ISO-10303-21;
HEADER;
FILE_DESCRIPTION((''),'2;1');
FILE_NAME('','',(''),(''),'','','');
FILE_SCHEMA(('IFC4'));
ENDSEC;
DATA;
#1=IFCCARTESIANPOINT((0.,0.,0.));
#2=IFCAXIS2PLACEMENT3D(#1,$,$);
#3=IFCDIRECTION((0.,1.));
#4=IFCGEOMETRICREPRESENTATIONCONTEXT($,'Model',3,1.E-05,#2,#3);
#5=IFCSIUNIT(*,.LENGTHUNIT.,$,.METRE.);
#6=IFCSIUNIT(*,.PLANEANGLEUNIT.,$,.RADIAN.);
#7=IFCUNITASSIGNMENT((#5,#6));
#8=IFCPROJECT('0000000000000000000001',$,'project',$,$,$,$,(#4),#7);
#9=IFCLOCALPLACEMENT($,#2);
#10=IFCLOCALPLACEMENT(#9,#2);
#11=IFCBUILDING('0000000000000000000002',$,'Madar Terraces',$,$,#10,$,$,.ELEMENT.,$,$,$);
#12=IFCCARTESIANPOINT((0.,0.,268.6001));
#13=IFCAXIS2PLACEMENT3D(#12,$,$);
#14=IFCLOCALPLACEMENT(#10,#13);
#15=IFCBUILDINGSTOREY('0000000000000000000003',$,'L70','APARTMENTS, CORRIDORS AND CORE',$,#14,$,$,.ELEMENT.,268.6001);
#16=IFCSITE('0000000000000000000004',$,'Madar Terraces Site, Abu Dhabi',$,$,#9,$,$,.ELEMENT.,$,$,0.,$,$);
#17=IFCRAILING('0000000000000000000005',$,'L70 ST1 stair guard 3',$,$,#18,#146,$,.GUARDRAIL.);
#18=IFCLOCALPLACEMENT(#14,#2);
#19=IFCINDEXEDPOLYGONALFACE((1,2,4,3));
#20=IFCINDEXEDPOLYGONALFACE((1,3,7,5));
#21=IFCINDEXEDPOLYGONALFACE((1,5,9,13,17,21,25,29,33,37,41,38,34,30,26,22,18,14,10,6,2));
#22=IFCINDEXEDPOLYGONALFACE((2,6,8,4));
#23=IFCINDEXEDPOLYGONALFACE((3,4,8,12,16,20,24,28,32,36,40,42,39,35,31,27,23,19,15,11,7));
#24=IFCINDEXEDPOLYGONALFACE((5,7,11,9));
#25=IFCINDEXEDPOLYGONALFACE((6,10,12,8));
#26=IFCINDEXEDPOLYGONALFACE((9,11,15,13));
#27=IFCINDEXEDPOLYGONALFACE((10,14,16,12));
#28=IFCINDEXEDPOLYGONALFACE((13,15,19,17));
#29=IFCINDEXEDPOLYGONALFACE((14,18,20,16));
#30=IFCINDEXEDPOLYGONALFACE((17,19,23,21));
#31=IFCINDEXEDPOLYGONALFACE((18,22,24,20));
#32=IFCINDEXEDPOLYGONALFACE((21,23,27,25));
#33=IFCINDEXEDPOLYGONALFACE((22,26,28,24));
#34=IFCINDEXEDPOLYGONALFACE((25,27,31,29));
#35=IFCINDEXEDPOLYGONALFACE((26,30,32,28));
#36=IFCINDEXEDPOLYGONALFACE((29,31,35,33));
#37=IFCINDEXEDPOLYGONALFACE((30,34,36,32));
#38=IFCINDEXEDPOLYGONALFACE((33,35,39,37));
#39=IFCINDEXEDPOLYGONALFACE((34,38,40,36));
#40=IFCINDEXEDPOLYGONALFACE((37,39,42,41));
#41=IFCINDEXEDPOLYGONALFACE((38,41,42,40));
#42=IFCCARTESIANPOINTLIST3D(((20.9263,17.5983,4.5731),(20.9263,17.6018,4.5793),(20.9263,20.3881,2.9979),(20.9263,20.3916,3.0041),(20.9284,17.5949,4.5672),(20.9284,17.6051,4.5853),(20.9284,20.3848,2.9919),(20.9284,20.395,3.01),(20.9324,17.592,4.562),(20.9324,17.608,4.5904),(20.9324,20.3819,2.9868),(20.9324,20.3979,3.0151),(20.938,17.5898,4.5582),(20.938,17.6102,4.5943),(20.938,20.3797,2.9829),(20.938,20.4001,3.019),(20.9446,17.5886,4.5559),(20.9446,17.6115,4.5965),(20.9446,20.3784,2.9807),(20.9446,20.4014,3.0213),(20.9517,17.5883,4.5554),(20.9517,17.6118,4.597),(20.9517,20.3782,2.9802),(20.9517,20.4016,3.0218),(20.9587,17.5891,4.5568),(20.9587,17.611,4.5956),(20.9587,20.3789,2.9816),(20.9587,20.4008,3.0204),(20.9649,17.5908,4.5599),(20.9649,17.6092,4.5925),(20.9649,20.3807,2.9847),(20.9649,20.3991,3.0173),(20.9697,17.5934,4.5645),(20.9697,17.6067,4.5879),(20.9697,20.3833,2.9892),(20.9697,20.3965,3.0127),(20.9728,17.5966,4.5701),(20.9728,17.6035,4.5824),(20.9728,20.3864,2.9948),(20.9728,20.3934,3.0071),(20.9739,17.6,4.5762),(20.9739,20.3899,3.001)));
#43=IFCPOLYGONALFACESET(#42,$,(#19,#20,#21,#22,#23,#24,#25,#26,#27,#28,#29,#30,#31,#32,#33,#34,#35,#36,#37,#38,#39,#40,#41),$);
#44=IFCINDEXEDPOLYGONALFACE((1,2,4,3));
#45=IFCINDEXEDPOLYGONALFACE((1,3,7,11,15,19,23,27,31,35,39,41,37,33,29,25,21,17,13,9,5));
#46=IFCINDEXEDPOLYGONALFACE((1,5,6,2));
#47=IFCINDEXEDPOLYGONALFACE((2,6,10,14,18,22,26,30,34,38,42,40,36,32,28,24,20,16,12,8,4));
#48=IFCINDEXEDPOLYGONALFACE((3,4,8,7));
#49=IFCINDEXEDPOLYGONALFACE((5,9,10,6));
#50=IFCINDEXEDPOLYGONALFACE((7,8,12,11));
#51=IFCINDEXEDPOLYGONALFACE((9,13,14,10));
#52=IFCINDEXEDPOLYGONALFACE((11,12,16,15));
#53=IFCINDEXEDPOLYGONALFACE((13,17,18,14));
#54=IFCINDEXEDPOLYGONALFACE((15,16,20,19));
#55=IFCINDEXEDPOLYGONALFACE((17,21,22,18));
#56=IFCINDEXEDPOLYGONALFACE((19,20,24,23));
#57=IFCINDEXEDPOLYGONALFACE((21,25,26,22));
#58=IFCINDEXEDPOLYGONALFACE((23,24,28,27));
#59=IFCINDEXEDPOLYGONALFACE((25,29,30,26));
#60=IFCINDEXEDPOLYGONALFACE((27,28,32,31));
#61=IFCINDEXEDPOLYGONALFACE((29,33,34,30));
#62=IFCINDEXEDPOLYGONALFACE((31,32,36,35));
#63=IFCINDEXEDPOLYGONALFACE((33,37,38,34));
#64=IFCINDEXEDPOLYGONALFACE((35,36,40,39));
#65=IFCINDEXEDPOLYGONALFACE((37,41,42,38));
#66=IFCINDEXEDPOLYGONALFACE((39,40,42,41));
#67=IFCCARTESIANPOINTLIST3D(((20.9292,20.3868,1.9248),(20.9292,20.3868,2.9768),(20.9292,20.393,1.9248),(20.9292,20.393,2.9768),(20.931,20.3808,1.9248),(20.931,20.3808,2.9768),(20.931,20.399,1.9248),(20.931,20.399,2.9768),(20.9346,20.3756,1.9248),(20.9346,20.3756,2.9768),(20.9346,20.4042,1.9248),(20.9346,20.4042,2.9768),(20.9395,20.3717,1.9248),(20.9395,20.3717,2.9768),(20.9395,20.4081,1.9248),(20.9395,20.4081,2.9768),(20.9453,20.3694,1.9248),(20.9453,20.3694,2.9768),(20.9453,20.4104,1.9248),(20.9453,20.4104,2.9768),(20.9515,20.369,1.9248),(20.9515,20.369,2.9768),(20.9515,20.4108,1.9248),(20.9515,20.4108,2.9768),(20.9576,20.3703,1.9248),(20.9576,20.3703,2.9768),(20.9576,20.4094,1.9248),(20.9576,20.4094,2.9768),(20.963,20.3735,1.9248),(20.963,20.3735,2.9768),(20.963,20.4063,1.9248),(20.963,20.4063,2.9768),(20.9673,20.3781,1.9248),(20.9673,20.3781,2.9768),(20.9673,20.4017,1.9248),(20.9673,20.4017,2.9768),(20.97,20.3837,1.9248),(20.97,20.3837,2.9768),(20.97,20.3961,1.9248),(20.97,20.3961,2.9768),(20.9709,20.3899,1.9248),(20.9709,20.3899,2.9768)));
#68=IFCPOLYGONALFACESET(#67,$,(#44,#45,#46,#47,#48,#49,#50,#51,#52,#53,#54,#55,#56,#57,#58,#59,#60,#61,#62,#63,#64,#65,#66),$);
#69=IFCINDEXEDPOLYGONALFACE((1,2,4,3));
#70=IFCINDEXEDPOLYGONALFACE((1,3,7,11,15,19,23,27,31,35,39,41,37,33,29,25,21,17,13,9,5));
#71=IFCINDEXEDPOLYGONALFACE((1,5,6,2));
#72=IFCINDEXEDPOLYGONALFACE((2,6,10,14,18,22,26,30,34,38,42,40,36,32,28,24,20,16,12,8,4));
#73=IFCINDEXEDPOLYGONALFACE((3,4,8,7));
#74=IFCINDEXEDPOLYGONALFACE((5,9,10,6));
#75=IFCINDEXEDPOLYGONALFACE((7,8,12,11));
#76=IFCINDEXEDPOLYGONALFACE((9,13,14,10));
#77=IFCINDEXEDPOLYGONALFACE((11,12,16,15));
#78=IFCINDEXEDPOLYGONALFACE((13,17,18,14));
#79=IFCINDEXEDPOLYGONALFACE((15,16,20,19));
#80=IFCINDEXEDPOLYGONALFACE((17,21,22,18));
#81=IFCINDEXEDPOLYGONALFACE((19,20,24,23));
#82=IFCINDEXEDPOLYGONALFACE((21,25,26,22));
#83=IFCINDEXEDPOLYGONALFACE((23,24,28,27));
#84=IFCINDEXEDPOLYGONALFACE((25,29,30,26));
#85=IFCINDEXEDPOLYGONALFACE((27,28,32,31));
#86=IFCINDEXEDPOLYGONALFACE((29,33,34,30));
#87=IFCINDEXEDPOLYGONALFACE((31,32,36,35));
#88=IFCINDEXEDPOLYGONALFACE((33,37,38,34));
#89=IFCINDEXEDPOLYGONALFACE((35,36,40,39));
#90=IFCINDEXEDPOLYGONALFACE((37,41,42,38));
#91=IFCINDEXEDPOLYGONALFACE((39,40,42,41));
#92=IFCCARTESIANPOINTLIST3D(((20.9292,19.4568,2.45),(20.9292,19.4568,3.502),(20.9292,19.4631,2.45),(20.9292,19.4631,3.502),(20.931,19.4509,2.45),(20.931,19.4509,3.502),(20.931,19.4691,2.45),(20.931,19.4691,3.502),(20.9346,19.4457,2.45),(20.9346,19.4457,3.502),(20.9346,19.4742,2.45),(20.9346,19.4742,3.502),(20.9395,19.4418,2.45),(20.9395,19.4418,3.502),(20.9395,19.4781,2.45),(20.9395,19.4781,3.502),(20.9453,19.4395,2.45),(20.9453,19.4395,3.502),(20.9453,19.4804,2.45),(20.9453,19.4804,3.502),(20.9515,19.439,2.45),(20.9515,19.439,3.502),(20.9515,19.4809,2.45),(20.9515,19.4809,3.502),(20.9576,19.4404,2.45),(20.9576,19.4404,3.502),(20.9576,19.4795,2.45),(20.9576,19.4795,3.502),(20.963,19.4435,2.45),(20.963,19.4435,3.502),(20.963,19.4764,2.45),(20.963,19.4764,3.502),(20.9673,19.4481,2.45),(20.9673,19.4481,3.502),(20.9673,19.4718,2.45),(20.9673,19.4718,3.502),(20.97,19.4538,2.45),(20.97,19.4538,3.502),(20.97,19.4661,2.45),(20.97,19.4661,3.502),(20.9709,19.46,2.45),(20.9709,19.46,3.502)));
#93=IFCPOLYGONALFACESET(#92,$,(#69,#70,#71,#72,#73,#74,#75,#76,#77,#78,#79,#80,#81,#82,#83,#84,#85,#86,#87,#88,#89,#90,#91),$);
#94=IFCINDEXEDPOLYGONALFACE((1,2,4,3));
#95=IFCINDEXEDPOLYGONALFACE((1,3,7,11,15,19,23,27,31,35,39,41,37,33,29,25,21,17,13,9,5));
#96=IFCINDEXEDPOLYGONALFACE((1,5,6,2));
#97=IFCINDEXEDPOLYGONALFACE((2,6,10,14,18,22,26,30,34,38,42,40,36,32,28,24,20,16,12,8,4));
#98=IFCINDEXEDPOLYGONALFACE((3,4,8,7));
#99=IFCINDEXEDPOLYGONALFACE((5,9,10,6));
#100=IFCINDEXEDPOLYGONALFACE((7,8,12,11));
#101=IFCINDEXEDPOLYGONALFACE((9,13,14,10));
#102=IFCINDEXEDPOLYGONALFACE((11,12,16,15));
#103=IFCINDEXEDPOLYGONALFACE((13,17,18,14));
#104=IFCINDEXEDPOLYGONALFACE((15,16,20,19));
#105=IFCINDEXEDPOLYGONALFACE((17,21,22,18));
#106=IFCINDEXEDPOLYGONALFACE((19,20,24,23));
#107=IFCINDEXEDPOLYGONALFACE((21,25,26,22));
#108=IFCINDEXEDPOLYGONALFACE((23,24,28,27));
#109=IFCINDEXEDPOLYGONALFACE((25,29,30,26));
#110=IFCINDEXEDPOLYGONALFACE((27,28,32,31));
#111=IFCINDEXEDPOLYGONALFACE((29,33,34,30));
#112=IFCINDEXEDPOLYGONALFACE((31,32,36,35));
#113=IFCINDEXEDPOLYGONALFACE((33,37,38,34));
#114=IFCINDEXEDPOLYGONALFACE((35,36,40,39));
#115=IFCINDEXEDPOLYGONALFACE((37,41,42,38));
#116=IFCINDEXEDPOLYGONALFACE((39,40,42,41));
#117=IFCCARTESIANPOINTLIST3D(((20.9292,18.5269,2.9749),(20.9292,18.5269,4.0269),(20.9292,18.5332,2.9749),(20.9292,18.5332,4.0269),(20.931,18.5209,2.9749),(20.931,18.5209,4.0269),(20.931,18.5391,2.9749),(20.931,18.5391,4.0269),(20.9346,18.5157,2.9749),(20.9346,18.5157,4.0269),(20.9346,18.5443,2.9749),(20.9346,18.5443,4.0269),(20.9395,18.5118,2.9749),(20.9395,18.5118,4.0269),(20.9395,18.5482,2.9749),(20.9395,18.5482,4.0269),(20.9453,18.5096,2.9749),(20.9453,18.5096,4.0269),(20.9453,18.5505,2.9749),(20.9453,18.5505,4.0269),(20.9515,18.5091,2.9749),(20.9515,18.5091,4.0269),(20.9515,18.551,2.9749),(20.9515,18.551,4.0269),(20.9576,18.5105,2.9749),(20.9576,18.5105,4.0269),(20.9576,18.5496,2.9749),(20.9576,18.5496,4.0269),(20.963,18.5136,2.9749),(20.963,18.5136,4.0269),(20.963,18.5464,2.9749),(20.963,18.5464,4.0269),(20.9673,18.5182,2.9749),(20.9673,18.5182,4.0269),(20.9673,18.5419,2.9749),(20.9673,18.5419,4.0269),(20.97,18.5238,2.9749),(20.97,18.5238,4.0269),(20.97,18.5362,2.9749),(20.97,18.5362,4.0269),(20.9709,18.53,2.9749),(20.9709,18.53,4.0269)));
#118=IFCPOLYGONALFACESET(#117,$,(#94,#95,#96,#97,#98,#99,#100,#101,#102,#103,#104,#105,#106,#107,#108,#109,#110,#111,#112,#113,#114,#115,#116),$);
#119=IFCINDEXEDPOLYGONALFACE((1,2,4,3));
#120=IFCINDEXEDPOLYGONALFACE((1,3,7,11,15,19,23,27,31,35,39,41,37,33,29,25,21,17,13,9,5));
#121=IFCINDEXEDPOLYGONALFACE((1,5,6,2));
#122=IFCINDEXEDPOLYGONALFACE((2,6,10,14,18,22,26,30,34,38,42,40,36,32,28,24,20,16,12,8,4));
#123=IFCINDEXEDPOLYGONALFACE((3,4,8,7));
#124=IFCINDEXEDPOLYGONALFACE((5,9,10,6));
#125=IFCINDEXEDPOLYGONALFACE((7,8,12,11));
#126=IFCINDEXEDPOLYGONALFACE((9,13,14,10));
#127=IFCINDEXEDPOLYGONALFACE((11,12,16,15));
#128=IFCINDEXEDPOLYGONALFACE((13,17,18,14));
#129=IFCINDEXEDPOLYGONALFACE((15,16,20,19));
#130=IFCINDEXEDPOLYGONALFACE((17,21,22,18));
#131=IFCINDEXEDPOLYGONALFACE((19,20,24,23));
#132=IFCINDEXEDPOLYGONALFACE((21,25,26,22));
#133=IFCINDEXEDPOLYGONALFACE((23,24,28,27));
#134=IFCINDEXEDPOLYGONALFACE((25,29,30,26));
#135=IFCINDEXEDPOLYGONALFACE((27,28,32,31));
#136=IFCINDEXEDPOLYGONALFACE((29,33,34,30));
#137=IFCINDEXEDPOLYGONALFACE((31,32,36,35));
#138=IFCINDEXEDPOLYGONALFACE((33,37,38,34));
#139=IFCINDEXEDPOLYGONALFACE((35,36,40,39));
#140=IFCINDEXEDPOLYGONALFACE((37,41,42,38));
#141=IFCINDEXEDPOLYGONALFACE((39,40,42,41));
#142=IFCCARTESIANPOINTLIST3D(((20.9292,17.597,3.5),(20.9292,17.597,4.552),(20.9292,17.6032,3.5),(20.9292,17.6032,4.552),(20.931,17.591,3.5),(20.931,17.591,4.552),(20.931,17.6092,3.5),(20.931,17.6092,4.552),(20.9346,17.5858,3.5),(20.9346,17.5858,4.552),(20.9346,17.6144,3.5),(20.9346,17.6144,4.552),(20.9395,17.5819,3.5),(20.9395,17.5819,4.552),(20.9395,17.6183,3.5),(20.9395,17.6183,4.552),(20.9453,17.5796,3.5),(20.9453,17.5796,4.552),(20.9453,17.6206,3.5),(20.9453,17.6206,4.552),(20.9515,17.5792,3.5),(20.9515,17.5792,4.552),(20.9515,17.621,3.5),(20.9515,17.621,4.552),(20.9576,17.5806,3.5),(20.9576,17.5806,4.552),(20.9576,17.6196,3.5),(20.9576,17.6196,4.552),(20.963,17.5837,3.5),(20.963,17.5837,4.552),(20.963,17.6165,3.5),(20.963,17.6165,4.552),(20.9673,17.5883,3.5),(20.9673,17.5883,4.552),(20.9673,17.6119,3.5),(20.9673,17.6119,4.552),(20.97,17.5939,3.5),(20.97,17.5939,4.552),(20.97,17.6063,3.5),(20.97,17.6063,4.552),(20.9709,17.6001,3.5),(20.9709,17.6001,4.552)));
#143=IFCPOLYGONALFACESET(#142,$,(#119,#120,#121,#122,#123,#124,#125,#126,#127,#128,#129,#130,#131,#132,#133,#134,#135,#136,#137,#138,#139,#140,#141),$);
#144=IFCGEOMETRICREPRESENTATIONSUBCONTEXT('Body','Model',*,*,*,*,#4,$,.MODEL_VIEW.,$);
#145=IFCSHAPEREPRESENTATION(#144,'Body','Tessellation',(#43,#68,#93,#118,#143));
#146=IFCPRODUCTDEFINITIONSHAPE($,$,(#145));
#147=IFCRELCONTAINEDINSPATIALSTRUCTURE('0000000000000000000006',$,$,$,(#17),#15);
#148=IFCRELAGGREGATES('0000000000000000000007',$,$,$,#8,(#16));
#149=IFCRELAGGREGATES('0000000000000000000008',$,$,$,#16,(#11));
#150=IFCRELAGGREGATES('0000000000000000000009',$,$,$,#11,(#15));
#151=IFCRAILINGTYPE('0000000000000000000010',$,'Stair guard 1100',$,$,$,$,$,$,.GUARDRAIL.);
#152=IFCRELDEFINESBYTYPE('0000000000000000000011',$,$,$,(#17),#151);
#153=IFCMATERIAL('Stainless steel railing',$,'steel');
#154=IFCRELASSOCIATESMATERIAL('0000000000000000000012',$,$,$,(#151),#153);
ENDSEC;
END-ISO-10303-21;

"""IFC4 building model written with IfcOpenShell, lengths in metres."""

from ifc_helpers import new_model, si_unit, direction, frame, origin, origin_2d, place, context, subcontext, project, spatial, circle, extrude, material, type_object, element, save


model = new_model("IFC4")

# Units and contexts
model_context = context("Model", 3, precision=1e-05, world=origin(), true_north=direction((0.0, 1.0)))
body_context = subcontext(model_context, "Body", "Model", "MODEL_VIEW")
ifc_project = project(units=[si_unit("LENGTHUNIT", "METRE"), si_unit("PLANEANGLEUNIT", "RADIAN")], contexts=[model_context])

# Site, building, storey
site_placement = place(None, origin())
site = spatial("IfcSite", under=ifc_project, at=site_placement, Name="Madar Terraces Site, Abu Dhabi", CompositionType="ELEMENT", RefElevation=0.0)
building_placement = place(site_placement, origin())
building = spatial("IfcBuilding", under=site, at=building_placement, Name="Madar Terraces", CompositionType="ELEMENT")
storey_placement = place(building_placement, frame((0.0, 0.0, 268.6001)))
storey = spatial("IfcBuildingStorey", under=building, at=storey_placement, Name="L70", Description="APARTMENTS, CORRIDORS AND CORE", CompositionType="ELEMENT", Elevation=268.6001)

# Railing
ifc_material_1 = material(Name="Stainless steel railing", Category="steel")
railing_type_1 = type_object("IfcRailingType", Name="Stair guard 1100", PredefinedType="GUARDRAIL", material=ifc_material_1)
railing_1_placement = place(storey_placement, frame((20.95, 20.3899, 1.9248)))
element("IfcRailing", 1, at=railing_1_placement, inside=storey, type_object=railing_type_1, Name="L70 ST1 stair guard 3", PredefinedType="GUARDRAIL", context=body_context, shape_type="SweptSolid", body=[
    extrude(circle(Radius=0.0239, at=origin_2d()), frame((0.0, 0.0, 1.0762), z_axis=(0.0, -0.870783, 0.491668), x_axis=(1.0, 0.0, 0.0)), (0.0, 0.0, 1.0), 3.2039),
    extrude(circle(Radius=0.021, at=origin_2d()), origin(), (0.0, 0.0, 1.0), 1.052),
    extrude(circle(Radius=0.021, at=origin_2d()), frame((0.0, -0.9299, 0.5251)), (0.0, 0.0, 1.0), 1.052),
    extrude(circle(Radius=0.021, at=origin_2d()), frame((0.0, -1.8599, 1.05)), (0.0, 0.0, 1.0), 1.052),
    extrude(circle(Radius=0.021, at=origin_2d()), frame((0.0, -2.7898, 1.5752)), (0.0, 0.0, 1.0), 1.052),
])

save(model, "model.ifc")
